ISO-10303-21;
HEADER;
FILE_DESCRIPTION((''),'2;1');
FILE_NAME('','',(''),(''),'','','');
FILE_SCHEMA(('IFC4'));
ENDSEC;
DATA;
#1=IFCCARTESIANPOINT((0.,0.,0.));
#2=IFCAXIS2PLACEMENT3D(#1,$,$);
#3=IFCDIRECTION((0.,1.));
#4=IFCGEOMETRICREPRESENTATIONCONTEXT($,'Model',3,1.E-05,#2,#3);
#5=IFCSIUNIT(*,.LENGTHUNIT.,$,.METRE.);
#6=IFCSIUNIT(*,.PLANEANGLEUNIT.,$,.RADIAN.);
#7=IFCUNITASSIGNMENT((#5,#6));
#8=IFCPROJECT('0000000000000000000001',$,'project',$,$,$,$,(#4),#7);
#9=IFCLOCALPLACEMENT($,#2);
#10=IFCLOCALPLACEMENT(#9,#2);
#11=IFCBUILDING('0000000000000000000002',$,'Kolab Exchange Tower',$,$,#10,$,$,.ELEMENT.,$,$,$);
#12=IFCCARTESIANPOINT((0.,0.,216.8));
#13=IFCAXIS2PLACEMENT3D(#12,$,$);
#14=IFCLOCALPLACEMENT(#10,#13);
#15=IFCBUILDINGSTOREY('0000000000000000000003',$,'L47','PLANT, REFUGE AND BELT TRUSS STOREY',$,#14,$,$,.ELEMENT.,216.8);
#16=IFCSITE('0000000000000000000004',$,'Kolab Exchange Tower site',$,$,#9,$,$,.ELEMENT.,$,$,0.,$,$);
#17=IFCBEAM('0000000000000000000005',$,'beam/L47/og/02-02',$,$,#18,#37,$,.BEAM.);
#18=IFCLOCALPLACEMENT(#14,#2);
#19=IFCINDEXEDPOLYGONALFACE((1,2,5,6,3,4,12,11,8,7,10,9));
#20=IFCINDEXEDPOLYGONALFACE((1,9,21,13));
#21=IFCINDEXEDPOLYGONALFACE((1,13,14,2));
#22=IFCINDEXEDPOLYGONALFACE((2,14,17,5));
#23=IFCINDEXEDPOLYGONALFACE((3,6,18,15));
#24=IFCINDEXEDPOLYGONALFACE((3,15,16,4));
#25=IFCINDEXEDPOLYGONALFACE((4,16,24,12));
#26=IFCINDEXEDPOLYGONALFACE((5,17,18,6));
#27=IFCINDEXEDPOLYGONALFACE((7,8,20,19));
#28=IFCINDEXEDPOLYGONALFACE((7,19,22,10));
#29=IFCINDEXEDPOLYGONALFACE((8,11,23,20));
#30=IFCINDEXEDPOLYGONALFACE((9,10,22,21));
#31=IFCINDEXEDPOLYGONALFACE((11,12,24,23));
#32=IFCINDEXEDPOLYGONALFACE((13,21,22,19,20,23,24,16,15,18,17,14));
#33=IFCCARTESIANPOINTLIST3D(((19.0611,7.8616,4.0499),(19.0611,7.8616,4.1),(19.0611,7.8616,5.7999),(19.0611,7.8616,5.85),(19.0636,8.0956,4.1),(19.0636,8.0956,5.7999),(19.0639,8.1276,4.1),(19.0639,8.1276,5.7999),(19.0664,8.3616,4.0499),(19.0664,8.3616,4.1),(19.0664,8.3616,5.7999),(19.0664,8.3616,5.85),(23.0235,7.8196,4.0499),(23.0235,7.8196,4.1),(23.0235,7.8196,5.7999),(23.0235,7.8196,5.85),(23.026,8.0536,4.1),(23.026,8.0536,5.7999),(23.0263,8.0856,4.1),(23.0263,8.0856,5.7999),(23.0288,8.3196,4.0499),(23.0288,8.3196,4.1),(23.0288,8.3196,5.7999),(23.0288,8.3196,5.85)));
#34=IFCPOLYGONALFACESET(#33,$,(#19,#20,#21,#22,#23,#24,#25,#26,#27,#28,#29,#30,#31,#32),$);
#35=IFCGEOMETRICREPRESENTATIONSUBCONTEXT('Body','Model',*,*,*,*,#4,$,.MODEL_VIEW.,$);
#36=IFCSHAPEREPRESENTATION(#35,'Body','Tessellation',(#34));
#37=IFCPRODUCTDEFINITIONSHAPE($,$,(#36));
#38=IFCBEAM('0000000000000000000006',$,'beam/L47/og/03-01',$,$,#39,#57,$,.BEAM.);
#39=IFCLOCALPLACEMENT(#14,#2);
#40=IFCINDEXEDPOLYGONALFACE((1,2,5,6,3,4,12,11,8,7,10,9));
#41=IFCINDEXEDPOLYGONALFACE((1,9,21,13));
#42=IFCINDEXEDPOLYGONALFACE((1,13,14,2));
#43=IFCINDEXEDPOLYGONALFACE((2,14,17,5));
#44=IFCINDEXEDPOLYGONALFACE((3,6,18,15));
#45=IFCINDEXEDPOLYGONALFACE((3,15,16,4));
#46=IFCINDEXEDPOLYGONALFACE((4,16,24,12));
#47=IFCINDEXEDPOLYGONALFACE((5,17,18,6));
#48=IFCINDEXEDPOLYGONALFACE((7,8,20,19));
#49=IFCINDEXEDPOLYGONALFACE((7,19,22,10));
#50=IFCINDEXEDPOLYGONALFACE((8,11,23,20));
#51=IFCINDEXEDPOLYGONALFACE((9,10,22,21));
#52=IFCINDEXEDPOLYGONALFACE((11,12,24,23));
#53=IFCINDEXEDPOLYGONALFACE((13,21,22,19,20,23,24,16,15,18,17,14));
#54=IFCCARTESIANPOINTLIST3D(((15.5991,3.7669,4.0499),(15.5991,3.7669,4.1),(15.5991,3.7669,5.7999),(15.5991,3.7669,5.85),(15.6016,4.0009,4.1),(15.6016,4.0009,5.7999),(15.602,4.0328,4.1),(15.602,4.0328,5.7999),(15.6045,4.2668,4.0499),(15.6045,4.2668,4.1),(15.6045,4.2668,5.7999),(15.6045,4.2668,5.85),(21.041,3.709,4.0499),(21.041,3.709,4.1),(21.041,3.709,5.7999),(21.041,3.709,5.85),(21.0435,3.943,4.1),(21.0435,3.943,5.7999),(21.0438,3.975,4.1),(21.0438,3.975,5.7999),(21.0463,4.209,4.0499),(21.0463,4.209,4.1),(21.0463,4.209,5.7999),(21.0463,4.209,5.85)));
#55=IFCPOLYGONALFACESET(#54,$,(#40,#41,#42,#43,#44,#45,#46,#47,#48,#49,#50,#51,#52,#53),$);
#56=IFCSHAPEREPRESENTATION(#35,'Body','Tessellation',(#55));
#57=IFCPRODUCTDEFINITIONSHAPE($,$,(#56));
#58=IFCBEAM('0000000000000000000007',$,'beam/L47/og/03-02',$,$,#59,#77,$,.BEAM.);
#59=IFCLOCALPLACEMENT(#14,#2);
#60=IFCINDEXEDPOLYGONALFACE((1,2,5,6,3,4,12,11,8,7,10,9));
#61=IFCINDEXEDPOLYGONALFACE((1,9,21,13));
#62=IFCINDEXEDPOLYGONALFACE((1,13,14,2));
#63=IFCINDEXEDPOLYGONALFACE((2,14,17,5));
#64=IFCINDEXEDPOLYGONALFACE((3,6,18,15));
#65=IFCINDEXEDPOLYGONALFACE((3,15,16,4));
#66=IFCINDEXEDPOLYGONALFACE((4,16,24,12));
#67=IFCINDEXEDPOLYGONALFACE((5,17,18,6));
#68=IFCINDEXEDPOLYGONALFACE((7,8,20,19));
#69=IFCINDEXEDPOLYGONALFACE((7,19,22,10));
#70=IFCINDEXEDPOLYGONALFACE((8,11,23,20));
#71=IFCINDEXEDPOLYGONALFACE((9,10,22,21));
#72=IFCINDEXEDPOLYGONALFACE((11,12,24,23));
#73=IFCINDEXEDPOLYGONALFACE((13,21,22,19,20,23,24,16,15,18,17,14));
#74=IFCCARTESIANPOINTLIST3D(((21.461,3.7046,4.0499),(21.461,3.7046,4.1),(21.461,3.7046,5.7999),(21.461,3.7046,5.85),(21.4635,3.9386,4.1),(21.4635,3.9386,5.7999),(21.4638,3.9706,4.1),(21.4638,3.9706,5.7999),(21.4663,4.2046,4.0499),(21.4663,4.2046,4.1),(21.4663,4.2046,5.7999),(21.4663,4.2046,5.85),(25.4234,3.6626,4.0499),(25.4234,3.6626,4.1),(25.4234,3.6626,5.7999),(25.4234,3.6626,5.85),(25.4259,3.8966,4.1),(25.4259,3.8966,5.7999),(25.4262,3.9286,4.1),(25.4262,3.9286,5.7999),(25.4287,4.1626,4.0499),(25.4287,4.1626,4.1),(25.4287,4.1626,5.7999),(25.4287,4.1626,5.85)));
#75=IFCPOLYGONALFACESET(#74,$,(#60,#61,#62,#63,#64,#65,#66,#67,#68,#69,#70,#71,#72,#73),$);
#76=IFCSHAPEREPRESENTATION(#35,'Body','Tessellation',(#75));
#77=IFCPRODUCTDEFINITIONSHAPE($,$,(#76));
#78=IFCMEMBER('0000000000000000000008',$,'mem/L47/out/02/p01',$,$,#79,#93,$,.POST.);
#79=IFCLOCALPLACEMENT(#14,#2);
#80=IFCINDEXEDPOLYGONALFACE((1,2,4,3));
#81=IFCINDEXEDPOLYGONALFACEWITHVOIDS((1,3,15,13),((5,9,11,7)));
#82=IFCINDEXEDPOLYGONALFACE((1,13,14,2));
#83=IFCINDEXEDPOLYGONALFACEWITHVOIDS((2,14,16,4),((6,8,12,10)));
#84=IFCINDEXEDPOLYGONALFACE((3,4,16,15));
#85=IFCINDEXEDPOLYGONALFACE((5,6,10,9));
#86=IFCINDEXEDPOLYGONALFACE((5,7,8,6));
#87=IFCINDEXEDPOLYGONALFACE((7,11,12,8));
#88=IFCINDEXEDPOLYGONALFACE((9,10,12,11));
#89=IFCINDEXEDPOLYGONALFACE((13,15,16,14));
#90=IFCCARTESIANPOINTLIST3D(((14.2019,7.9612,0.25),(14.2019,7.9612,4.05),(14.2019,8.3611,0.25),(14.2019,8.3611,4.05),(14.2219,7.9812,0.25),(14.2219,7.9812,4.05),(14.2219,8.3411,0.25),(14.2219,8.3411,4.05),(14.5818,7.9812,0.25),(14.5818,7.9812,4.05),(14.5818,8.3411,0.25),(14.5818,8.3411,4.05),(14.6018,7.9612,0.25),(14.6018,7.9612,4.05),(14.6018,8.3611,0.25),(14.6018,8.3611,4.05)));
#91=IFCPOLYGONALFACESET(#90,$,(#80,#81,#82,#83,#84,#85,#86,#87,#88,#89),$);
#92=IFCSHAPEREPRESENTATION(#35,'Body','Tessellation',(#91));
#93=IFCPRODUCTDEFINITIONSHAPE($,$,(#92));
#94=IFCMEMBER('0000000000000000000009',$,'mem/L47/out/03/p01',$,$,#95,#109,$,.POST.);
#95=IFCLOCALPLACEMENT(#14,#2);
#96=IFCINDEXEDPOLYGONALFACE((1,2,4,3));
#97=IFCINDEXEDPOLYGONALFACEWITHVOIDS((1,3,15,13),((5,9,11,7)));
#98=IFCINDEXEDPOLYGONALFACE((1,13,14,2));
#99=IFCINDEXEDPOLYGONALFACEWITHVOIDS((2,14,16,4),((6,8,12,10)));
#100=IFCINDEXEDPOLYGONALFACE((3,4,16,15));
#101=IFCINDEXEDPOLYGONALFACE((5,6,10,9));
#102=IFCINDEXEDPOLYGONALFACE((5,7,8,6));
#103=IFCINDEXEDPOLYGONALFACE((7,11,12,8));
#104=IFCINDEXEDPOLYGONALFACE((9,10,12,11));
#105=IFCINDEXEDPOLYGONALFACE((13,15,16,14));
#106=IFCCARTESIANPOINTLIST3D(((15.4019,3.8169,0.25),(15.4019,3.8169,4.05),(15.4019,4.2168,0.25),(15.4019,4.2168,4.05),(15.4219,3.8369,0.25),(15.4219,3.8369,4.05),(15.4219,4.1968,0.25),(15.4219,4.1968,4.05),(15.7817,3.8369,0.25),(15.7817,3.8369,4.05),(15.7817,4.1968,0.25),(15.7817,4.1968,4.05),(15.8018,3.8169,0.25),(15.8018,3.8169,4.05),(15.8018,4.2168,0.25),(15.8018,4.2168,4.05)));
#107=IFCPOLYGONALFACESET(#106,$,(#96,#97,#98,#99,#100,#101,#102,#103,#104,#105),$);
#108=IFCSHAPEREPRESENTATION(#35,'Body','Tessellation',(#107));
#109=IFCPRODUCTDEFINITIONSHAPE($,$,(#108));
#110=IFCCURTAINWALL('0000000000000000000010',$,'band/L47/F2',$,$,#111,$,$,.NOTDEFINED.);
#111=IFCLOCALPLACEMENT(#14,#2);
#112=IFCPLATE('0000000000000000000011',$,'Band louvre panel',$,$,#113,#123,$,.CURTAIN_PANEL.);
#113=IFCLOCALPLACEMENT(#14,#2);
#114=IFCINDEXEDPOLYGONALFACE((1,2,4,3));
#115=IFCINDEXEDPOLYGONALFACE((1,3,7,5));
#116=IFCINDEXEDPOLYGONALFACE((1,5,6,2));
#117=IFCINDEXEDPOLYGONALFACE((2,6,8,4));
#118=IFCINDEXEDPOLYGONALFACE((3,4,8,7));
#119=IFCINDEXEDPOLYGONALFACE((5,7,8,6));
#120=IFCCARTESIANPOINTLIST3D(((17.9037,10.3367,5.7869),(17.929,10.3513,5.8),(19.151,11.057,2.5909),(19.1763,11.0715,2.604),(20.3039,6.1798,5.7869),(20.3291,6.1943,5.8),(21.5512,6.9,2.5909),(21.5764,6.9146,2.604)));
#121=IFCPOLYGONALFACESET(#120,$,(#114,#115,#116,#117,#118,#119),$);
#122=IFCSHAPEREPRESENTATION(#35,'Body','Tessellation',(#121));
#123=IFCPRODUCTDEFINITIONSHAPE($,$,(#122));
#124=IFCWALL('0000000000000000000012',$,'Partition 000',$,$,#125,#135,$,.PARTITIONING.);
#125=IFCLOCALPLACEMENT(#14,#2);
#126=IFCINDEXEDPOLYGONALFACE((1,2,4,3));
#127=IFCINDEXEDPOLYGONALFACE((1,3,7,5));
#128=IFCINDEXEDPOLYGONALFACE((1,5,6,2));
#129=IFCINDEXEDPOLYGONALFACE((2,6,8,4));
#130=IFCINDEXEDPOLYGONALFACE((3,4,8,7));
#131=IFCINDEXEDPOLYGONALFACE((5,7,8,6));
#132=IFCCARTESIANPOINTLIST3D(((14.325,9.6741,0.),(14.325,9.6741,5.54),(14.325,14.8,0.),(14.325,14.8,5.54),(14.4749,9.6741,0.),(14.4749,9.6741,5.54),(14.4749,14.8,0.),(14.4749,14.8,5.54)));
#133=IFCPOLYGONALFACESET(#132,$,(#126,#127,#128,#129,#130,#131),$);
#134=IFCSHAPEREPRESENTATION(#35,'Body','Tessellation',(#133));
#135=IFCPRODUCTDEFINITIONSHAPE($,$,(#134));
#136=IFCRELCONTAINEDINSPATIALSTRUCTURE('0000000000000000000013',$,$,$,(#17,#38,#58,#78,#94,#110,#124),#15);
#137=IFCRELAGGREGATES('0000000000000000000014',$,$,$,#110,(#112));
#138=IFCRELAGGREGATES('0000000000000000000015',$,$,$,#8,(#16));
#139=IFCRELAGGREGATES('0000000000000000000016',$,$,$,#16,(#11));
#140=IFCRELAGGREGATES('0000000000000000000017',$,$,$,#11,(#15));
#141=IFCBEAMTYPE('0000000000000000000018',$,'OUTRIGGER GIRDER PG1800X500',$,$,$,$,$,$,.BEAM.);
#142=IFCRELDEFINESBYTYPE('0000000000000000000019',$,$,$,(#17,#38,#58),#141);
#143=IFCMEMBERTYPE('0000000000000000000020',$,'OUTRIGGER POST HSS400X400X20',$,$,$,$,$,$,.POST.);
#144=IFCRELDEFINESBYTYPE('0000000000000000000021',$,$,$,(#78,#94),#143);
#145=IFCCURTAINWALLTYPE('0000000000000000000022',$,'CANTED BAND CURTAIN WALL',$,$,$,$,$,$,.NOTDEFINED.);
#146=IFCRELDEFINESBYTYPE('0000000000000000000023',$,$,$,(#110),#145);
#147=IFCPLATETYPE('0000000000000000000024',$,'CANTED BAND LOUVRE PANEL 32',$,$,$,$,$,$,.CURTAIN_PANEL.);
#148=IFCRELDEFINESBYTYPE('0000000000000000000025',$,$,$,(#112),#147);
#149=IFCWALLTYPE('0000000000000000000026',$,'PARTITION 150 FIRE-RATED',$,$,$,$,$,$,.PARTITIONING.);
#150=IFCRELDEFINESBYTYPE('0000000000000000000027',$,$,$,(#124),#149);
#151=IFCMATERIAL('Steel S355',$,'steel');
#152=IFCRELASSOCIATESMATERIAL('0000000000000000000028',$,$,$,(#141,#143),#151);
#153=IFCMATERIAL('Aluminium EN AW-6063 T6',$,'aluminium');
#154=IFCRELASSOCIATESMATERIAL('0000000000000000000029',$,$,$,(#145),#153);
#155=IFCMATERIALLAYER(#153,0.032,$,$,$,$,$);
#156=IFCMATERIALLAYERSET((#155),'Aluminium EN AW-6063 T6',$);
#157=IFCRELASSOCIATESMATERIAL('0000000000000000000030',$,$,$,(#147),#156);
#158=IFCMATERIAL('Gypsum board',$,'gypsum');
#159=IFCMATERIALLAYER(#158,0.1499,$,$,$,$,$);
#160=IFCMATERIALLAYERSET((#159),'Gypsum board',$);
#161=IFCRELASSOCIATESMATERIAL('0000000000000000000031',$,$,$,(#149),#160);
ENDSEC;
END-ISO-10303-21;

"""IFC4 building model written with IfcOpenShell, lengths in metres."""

from ifc_helpers import new_model, si_unit, direction, frame, frame_2d, origin, origin_2d, place, context, subcontext, project, spatial, polyline, rectangle, hollow_rectangle, i_section, outline, extrude, material, layer, layer_set, material_profile, profile_set, type_object, element, aggregate, save


model = new_model("IFC4")

# Units and contexts
model_context = context("Model", 3, precision=1e-05, world=origin(), true_north=direction((0.0, 1.0)))
body_context = subcontext(model_context, "Body", "Model", "MODEL_VIEW")
ifc_project = project(units=[si_unit("LENGTHUNIT", "METRE"), si_unit("PLANEANGLEUNIT", "RADIAN")], contexts=[model_context])

# Site, building, storey
site_placement = place(None, origin())
site = spatial("IfcSite", under=ifc_project, at=site_placement, Name="Kolab Exchange Tower site", CompositionType="ELEMENT", RefElevation=0.0)
building_placement = place(site_placement, origin())
building = spatial("IfcBuilding", under=site, at=building_placement, Name="Kolab Exchange Tower", CompositionType="ELEMENT")
storey_placement = place(building_placement, frame((0.0, 0.0, 216.8)))
storey = spatial("IfcBuildingStorey", under=building, at=storey_placement, Name="L47", Description="PLANT, REFUGE AND BELT TRUSS STOREY", CompositionType="ELEMENT", Elevation=216.8)

# Shared definitions
ifc_material_1 = material(Name="Steel S355", Category="steel")

# Beams
ifc_material_profile_1 = material_profile(ifc_material_1, i_section(OverallWidth=0.5, OverallDepth=1.8, WebThickness=0.032, FlangeThickness=0.05, at=origin_2d()), Name="PG1800X500")
ifc_profile_set_1 = profile_set([ifc_material_profile_1], Name="Steel S355")
beam_type_1 = type_object("IfcBeamType", Name="OUTRIGGER GIRDER PG1800X500", PredefinedType="BEAM", material=ifc_profile_set_1)
beam_1_placement = place(storey_placement, frame((19.0637, 8.1116, 4.95), z_axis=(0.999944, -0.010597, 0.0), x_axis=(0.010597, 0.999944, 0.0)))
element("IfcBeam", 1, at=beam_1_placement, inside=storey, type_object=beam_type_1, Name="beam/L47/og/02-02", PredefinedType="BEAM", context=body_context, shape_type="SweptSolid", body=[
    extrude(i_section(OverallWidth=0.5, OverallDepth=1.8, WebThickness=0.032, FlangeThickness=0.05, at=origin_2d()), origin(), (0.0, 0.0, 1.0), 3.9626),
])
beam_2_placement = place(storey_placement, frame((15.6018, 4.0168, 4.95), z_axis=(0.999943, -0.010632, 0.0), x_axis=(0.010632, 0.999943, 0.0)))
element("IfcBeam", 2, at=beam_2_placement, inside=storey, type_object=beam_type_1, Name="beam/L47/og/03-01", PredefinedType="BEAM", context=body_context, shape_type="SweptSolid", body=[
    extrude(i_section(OverallWidth=0.5, OverallDepth=1.8, WebThickness=0.032, FlangeThickness=0.05, at=origin_2d()), origin(), (0.0, 0.0, 1.0), 5.4421),
])
beam_3_placement = place(storey_placement, frame((21.4636, 3.9546, 4.95), z_axis=(0.999944, -0.010597, 0.0), x_axis=(0.010597, 0.999944, 0.0)))
element("IfcBeam", 3, at=beam_3_placement, inside=storey, type_object=beam_type_1, Name="beam/L47/og/03-02", PredefinedType="BEAM", context=body_context, shape_type="SweptSolid", body=[
    extrude(i_section(OverallWidth=0.5, OverallDepth=1.8, WebThickness=0.032, FlangeThickness=0.05, at=origin_2d()), origin(), (0.0, 0.0, 1.0), 3.9626),
])

# Members
ifc_material_profile_2 = material_profile(ifc_material_1, hollow_rectangle(XDim=0.3999, YDim=0.3999, WallThickness=0.02, at=origin_2d()), Name="HSS400X400X20")
ifc_profile_set_2 = profile_set([ifc_material_profile_2], Name="Steel S355")
member_type_1 = type_object("IfcMemberType", Name="OUTRIGGER POST HSS400X400X20", PredefinedType="POST", material=ifc_profile_set_2)
for number, where, z_axis, x_axis, name in (
    (4, (14.4019, 8.1611, 0.25), (0.0, 0.0, 1.0), (1.0, 0.0, 0.0), "mem/L47/out/02/p01"),
    (5, (15.6018, 4.0168, 0.25), (0.0, 0.0, 1.0), (1.0, 0.0, 0.0), "mem/L47/out/03/p01"),
):
    element("IfcMember", number, at=place(storey_placement, frame(where, z_axis=z_axis, x_axis=x_axis)), inside=storey, type_object=member_type_1, Name=name, PredefinedType="POST", context=body_context, shape_type="SweptSolid", body=[
        extrude(hollow_rectangle(XDim=0.3999, YDim=0.3999, WallThickness=0.02, at=origin_2d()), origin(), (0.0, 0.0, 1.0), 3.8),
    ])

# Curtain wall, plate
ifc_material_2 = material(Name="Aluminium EN AW-6063 T6", Category="aluminium")
curtain_wall_type = type_object("IfcCurtainWallType", Name="CANTED BAND CURTAIN WALL", PredefinedType="NOTDEFINED", material=ifc_material_2)
curtain_wall_placement = place(storey_placement, origin())
curtain_wall = element("IfcCurtainWall", 6, at=curtain_wall_placement, inside=storey, type_object=curtain_wall_type, Name="band/L47/F2", PredefinedType="NOTDEFINED")
ifc_layer_1 = layer(ifc_material_2, 0.032)
ifc_layer_set_1 = layer_set([ifc_layer_1], Name="Aluminium EN AW-6063 T6")
plate_type = type_object("IfcPlateType", Name="CANTED BAND LOUVRE PANEL 32", PredefinedType="CURTAIN_PANEL", material=ifc_layer_set_1)
plate_placement = place(storey_placement, frame((19.1763, 11.0715, 2.604), z_axis=(0.789544, 0.455865, 0.410861), x_axis=(0.500017, -0.866015, 0.0)))
plate = element("IfcPlate", 7, at=plate_placement, type_object=plate_type, Name="Band louvre panel", PredefinedType="CURTAIN_PANEL", context=body_context, shape_type="SweptSolid", body=[
    extrude(outline(polyline([(0.0, 0.0), (4.8001, 0.0), (4.8002, -3.5056), (0.0, -3.5056), (0.0, 0.0)])), origin(), (0.0, 0.0, -1.0), 0.032),
])
aggregate(curtain_wall, [plate])

# Wall
ifc_material_3 = material(Name="Gypsum board", Category="gypsum")
ifc_layer_2 = layer(ifc_material_3, 0.1499)
ifc_layer_set_2 = layer_set([ifc_layer_2], Name="Gypsum board")
wall_type = type_object("IfcWallType", Name="PARTITION 150 FIRE-RATED", PredefinedType="PARTITIONING", material=ifc_layer_set_2)
wall_placement = place(storey_placement, frame((14.3999, 9.6741, 0.0), z_axis=(0.0, 0.0, 1.0), x_axis=(0.0, 1.0, 0.0)))
element("IfcWall", 8, at=wall_placement, inside=storey, type_object=wall_type, Name="Partition 000", PredefinedType="PARTITIONING", context=body_context, shape_type="SweptSolid", body=[
    extrude(rectangle(XDim=5.126, YDim=0.1499, at=frame_2d((2.563, 0.0))), origin(), (0.0, 0.0, 1.0), 5.54),
])

save(model, "model.ifc")
